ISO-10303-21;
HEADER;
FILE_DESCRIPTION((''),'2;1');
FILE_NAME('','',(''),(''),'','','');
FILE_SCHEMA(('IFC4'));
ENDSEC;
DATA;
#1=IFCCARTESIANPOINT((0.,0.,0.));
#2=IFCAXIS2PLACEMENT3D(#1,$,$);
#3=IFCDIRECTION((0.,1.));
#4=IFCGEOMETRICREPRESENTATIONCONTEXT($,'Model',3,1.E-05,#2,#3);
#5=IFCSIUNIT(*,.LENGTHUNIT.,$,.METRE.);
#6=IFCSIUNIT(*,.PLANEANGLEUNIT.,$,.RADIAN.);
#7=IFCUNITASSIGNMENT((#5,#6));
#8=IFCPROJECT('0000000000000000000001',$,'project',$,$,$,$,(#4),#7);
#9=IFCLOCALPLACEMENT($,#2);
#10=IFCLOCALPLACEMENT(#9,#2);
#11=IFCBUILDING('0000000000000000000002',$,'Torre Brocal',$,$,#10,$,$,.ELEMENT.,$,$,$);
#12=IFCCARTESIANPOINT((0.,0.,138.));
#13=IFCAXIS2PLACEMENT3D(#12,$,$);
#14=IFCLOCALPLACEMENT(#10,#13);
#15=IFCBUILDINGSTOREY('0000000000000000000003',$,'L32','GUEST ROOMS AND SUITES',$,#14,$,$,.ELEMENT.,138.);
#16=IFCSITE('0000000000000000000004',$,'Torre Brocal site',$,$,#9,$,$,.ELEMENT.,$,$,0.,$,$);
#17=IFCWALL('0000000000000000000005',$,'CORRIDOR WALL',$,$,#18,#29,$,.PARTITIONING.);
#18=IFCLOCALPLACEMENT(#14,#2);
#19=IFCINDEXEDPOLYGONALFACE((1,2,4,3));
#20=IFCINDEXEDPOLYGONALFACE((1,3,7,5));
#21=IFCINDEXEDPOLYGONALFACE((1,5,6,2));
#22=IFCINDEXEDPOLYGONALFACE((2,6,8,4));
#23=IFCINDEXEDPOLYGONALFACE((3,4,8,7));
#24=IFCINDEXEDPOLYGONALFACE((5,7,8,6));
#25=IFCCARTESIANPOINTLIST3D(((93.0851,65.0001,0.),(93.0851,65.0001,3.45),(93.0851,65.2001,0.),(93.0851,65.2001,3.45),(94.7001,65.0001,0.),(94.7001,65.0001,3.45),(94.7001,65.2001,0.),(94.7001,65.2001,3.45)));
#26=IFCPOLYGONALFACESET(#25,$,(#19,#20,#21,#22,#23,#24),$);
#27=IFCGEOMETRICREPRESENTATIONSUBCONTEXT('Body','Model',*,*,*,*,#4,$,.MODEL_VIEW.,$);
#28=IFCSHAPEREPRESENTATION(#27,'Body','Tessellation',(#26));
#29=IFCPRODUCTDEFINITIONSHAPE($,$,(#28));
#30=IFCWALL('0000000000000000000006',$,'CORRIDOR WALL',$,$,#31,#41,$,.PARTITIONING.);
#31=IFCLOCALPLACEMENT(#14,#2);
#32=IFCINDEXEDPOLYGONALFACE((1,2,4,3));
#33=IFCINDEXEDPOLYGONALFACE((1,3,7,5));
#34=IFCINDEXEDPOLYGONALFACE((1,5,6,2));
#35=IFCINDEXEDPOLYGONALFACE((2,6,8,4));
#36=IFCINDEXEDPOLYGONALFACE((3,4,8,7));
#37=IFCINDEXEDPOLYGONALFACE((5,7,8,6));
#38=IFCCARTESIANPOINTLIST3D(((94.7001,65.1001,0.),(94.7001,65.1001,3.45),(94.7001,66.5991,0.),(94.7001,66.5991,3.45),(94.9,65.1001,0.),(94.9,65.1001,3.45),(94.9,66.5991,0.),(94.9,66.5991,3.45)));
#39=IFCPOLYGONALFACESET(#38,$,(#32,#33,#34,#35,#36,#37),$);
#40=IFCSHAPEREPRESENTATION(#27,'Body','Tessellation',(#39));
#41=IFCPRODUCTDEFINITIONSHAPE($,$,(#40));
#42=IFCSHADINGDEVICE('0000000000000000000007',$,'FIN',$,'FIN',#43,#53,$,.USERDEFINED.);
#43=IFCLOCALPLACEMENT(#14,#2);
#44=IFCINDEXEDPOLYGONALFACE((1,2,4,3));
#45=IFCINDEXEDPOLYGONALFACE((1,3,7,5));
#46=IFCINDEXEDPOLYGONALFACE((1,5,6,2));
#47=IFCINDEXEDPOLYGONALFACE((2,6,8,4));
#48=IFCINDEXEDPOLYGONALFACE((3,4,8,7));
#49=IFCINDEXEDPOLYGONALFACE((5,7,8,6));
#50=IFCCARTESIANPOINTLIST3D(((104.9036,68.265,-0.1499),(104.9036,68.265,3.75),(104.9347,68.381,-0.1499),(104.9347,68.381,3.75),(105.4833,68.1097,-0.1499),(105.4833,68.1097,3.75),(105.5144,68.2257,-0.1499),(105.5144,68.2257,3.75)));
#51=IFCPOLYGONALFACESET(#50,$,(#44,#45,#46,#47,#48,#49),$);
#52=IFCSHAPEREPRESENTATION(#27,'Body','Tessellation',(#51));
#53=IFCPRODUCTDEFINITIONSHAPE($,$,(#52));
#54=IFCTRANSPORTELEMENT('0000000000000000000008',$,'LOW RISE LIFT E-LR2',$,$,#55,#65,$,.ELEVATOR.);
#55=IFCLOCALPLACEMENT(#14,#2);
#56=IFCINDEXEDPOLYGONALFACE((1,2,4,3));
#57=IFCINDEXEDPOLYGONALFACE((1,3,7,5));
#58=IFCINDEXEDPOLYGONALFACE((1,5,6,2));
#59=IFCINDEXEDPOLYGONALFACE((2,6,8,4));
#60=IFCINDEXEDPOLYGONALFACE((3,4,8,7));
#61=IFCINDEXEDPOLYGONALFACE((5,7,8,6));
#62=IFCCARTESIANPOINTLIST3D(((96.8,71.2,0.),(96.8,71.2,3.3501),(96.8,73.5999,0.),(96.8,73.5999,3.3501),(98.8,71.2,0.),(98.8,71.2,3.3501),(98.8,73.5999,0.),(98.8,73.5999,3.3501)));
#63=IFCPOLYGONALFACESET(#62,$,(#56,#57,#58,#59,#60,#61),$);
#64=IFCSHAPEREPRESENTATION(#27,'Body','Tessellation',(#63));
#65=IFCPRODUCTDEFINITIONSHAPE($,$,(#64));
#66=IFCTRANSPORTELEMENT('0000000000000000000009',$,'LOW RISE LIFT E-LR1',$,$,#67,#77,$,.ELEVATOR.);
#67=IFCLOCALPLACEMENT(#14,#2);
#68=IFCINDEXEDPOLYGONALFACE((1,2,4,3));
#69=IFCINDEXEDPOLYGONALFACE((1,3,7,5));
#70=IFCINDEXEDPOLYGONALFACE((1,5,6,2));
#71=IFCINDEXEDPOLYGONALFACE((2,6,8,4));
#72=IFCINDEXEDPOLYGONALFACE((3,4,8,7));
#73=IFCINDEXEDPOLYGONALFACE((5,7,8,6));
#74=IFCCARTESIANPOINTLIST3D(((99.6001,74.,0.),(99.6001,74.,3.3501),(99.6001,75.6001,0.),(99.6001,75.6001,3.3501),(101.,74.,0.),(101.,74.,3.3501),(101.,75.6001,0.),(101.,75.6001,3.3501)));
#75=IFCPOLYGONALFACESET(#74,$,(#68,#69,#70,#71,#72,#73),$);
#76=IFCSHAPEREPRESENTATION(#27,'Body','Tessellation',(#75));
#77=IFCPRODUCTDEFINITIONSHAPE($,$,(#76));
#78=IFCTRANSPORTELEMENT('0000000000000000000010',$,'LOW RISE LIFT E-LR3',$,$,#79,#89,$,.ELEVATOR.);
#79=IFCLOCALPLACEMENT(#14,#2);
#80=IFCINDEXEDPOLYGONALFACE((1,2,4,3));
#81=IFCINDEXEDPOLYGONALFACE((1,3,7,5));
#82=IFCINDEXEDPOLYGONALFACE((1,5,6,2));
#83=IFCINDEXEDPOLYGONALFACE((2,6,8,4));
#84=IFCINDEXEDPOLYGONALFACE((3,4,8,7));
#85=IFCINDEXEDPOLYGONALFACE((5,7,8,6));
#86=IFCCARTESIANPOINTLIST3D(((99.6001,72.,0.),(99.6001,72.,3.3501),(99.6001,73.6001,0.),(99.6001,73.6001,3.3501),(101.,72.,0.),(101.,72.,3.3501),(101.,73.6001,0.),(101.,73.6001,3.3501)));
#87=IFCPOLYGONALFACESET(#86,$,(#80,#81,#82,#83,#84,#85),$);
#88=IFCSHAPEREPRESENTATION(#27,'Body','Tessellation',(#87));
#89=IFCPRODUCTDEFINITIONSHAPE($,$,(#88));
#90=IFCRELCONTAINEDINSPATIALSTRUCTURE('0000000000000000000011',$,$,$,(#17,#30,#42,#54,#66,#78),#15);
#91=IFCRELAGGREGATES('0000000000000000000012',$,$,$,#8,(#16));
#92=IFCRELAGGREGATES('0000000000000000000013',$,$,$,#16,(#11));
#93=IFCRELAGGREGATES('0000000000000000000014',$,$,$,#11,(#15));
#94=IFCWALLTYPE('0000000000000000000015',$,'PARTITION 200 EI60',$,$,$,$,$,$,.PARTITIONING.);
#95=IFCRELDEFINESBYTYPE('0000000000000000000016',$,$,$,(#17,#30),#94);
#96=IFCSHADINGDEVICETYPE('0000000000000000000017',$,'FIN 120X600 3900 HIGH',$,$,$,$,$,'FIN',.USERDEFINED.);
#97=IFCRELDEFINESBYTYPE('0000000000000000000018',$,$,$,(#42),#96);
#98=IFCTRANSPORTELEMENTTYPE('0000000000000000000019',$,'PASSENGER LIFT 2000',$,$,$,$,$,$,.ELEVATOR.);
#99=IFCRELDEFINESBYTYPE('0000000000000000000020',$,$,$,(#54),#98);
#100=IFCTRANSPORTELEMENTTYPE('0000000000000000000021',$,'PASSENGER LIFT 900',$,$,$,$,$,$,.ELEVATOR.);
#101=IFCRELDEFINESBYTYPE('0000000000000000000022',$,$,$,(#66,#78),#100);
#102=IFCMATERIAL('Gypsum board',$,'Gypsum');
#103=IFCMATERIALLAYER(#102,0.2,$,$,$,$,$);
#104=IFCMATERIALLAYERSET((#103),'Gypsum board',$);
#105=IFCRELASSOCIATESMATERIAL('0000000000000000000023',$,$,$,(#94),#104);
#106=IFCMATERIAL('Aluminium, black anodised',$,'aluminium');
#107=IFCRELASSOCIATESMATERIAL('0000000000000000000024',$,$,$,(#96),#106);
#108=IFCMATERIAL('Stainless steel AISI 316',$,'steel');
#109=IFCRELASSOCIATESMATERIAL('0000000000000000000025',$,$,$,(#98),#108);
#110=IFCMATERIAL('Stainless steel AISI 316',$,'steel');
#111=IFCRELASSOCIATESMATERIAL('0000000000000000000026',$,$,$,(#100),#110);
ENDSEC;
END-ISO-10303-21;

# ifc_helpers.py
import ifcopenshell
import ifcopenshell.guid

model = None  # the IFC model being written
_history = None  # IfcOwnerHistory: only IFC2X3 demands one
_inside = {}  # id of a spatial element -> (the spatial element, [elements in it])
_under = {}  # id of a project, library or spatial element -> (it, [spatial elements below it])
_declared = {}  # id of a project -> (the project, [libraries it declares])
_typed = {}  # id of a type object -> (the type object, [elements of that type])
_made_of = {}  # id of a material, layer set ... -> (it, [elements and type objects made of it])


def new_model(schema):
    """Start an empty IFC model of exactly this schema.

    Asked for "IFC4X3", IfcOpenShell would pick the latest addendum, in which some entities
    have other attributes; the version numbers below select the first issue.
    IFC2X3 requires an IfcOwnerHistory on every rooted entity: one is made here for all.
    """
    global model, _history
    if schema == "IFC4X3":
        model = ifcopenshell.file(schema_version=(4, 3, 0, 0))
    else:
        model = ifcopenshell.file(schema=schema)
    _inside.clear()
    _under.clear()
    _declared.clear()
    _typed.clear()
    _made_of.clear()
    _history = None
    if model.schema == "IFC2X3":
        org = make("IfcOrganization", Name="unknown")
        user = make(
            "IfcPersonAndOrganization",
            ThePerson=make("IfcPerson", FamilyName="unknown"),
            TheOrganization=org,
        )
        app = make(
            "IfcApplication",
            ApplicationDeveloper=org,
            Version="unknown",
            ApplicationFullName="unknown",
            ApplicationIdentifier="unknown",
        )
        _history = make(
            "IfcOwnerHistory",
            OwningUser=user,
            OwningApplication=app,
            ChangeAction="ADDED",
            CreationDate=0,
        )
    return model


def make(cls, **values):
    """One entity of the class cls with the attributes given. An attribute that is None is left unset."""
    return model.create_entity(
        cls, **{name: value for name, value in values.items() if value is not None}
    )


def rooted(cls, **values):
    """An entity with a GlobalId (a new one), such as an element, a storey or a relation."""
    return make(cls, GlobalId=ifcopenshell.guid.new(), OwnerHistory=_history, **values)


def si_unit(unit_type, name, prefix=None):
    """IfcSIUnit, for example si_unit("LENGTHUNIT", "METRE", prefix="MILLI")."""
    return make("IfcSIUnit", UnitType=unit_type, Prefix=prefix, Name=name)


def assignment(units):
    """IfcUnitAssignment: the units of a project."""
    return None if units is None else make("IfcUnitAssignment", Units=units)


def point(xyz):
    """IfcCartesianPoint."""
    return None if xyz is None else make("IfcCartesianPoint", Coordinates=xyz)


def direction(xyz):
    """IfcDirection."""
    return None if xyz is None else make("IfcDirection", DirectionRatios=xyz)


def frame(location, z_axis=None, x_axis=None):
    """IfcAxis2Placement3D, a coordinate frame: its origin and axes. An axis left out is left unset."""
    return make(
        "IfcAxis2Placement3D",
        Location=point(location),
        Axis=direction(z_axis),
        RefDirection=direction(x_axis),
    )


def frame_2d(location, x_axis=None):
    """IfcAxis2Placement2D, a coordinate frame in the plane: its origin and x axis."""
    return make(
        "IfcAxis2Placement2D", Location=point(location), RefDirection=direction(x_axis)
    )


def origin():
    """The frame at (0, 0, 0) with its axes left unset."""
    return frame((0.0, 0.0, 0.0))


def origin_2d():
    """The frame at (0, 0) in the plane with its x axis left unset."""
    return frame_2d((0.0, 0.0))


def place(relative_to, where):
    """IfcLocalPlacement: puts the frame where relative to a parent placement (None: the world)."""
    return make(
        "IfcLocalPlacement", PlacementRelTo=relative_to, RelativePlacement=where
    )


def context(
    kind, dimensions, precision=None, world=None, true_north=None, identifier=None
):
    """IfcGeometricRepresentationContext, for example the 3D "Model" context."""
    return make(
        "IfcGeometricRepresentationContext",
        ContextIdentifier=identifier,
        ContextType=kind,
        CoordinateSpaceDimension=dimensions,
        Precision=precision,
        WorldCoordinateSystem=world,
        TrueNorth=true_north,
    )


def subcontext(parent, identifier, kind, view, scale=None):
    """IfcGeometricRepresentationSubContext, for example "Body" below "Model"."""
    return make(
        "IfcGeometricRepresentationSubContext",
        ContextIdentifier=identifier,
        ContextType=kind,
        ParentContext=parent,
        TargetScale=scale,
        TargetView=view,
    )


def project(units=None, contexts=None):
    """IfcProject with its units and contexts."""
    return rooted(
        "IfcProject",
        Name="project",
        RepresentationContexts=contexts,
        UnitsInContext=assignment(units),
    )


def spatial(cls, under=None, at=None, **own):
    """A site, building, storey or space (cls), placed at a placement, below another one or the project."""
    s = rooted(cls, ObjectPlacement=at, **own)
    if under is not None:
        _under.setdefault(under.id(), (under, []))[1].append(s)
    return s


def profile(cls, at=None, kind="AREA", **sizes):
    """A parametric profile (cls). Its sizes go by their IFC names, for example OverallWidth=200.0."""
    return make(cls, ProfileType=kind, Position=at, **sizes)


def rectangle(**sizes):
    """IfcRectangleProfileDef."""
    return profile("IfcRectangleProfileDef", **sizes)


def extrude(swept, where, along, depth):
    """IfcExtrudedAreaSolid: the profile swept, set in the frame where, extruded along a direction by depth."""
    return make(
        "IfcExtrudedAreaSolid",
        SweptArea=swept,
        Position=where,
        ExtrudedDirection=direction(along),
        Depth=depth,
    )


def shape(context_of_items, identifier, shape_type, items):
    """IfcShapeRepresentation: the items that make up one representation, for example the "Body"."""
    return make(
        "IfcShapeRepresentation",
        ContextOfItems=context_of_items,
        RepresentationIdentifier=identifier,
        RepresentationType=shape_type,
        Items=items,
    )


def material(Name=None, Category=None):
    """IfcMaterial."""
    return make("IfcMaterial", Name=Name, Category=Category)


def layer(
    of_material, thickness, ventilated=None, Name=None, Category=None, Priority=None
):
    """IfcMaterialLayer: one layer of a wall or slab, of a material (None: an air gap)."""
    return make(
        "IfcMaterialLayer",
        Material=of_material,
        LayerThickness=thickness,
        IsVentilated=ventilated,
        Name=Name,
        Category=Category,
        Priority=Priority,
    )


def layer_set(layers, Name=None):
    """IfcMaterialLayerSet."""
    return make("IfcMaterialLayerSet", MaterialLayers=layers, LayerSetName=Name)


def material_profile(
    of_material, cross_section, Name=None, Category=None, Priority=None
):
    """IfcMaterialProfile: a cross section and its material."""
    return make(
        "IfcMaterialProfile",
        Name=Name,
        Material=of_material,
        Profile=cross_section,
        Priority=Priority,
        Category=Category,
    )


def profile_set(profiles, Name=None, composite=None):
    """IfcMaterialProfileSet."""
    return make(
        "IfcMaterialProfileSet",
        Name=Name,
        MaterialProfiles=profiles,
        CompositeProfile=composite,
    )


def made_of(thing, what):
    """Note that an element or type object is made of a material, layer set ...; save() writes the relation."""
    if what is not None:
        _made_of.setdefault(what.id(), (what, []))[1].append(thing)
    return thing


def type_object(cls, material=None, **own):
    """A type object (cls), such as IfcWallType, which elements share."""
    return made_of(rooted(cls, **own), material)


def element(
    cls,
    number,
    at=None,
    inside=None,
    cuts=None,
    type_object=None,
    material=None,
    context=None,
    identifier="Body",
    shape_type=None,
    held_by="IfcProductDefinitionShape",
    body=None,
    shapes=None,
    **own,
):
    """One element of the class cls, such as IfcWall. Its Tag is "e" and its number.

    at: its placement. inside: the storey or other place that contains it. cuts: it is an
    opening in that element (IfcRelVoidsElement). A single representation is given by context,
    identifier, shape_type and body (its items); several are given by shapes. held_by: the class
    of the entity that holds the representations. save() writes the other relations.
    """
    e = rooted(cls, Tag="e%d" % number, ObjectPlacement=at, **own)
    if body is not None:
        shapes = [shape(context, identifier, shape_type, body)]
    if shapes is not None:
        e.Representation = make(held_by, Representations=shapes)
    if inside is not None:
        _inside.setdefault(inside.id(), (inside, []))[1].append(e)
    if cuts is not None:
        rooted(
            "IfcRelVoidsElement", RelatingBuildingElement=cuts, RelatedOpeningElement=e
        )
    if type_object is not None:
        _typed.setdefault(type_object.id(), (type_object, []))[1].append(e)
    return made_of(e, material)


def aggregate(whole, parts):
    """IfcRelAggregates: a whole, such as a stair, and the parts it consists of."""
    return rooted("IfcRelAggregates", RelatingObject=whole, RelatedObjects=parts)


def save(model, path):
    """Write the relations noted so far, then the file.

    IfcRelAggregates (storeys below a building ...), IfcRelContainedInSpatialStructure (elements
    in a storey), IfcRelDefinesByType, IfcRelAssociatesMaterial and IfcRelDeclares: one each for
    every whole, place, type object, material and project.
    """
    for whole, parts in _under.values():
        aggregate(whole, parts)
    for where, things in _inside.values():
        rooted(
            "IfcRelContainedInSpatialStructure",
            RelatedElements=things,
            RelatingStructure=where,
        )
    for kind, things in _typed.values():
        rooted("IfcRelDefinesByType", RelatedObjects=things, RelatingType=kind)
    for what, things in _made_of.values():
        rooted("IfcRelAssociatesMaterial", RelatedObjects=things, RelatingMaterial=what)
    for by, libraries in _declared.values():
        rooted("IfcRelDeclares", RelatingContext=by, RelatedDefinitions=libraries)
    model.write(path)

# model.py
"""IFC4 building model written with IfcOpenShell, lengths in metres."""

from ifc_helpers import new_model, si_unit, direction, frame, frame_2d, origin, origin_2d, place, context, subcontext, project, spatial, rectangle, extrude, material, layer, layer_set, material_profile, profile_set, type_object, element, save


model = new_model("IFC4")

# Units and contexts
model_context = context("Model", 3, precision=1e-05, world=origin(), true_north=direction((0.0, 1.0)))
body_context = subcontext(model_context, "Body", "Model", "MODEL_VIEW")
ifc_project = project(units=[si_unit("LENGTHUNIT", "METRE"), si_unit("PLANEANGLEUNIT", "RADIAN")], contexts=[model_context])

# Site, building, storey
site_placement = place(None, origin())
site = spatial("IfcSite", under=ifc_project, at=site_placement, Name="Torre Brocal site", CompositionType="ELEMENT", RefElevation=0.0)
building_placement = place(site_placement, origin())
building = spatial("IfcBuilding", under=site, at=building_placement, Name="Torre Brocal", CompositionType="ELEMENT")
storey_placement = place(building_placement, frame((0.0, 0.0, 138.0)))
storey = spatial("IfcBuildingStorey", under=building, at=storey_placement, Name="L32", Description="GUEST ROOMS AND SUITES", CompositionType="ELEMENT", Elevation=138.0)

# Walls
ifc_material_1 = material(Name="Gypsum board", Category="Gypsum")
ifc_layer_1 = layer(ifc_material_1, 0.2)
ifc_layer_set_1 = layer_set([ifc_layer_1], Name="Gypsum board")
wall_type_1 = type_object("IfcWallType", Name="PARTITION 200 EI60", PredefinedType="PARTITIONING", material=ifc_layer_set_1)
wall_1_placement = place(storey_placement, frame((93.085, 65.1001, 0.0), z_axis=(0.0, 0.0, 1.0), x_axis=(1.0, 0.0, 0.0)))
element("IfcWall", 1, at=wall_1_placement, inside=storey, type_object=wall_type_1, Name="CORRIDOR WALL", PredefinedType="PARTITIONING", context=body_context, shape_type="SweptSolid", body=[
    extrude(rectangle(XDim=1.615, YDim=0.2, at=frame_2d((0.8076, 0.0))), origin(), (0.0, 0.0, 1.0), 3.45),
])
wall_2_placement = place(storey_placement, frame((94.8, 65.1001, 0.0), z_axis=(0.0, 0.0, 1.0), x_axis=(0.0, 1.0, 0.0)))
element("IfcWall", 2, at=wall_2_placement, inside=storey, type_object=wall_type_1, Name="CORRIDOR WALL", PredefinedType="PARTITIONING", context=body_context, shape_type="SweptSolid", body=[
    extrude(rectangle(XDim=1.499, YDim=0.2, at=frame_2d((0.7495, 0.0))), origin(), (0.0, 0.0, 1.0), 3.45),
])

# Shading device
ifc_material_2 = material(Name="Aluminium, black anodised", Category="aluminium")
ifc_material_profile_1 = material_profile(ifc_material_2, rectangle(XDim=0.1201, YDim=0.6001, at=origin_2d()), Name="FIN 120X600 3900 HIGH")
ifc_profile_set_1 = profile_set([ifc_material_profile_1], Name="Aluminium, black anodised")
shading_device_type = type_object("IfcShadingDeviceType", Name="FIN 120X600 3900 HIGH", ElementType="FIN", PredefinedType="USERDEFINED", material=ifc_profile_set_1)
shading_device_placement = place(storey_placement, frame((105.209, 68.2454, -0.1499), z_axis=(0.0, 0.0, 1.0), x_axis=(0.258819, 0.965926, 0.0)))
element("IfcShadingDevice", 3, at=shading_device_placement, inside=storey, type_object=shading_device_type, Name="FIN", ObjectType="FIN", PredefinedType="USERDEFINED", context=body_context, shape_type="SweptSolid", body=[
    extrude(rectangle(XDim=0.1201, YDim=0.6001, at=origin_2d()), origin(), (0.0, 0.0, 1.0), 3.8999),
])

# Transport elements
ifc_material_3 = material(Name="Stainless steel AISI 316", Category="steel")
transport_element_type_1 = type_object("IfcTransportElementType", Name="PASSENGER LIFT 2000", PredefinedType="ELEVATOR", material=ifc_material_3)
transport_element_placement = place(storey_placement, frame((97.8, 72.3999, 0.0), z_axis=(0.0, 0.0, 1.0), x_axis=(1.0, 0.0, 0.0)))
element("IfcTransportElement", 4, at=transport_element_placement, inside=storey, type_object=transport_element_type_1, Name="LOW RISE LIFT E-LR2", PredefinedType="ELEVATOR", context=body_context, shape_type="SweptSolid", body=[
    extrude(rectangle(XDim=2.0, YDim=2.3999, at=origin_2d()), origin(), (0.0, 0.0, 1.0), 3.3501),
])
ifc_material_4 = material(Name="Stainless steel AISI 316", Category="steel")
transport_element_type_2 = type_object("IfcTransportElementType", Name="PASSENGER LIFT 900", PredefinedType="ELEVATOR", material=ifc_material_4)
for number, where, z_axis, x_axis, name in (
    (5, (100.3, 74.8, 0.0), (0.0, 0.0, 1.0), (1.0, 0.0, 0.0), "LOW RISE LIFT E-LR1"),
    (6, (100.3, 72.8, 0.0), (0.0, 0.0, 1.0), (1.0, 0.0, 0.0), "LOW RISE LIFT E-LR3"),
):
    element("IfcTransportElement", number, at=place(storey_placement, frame(where, z_axis=z_axis, x_axis=x_axis)), inside=storey, type_object=transport_element_type_2, Name=name, PredefinedType="ELEVATOR", context=body_context, shape_type="SweptSolid", body=[
        extrude(rectangle(XDim=1.3999, YDim=1.6001, at=origin_2d()), origin(), (0.0, 0.0, 1.0), 3.3501),
    ])

save(model, "model.ifc")
